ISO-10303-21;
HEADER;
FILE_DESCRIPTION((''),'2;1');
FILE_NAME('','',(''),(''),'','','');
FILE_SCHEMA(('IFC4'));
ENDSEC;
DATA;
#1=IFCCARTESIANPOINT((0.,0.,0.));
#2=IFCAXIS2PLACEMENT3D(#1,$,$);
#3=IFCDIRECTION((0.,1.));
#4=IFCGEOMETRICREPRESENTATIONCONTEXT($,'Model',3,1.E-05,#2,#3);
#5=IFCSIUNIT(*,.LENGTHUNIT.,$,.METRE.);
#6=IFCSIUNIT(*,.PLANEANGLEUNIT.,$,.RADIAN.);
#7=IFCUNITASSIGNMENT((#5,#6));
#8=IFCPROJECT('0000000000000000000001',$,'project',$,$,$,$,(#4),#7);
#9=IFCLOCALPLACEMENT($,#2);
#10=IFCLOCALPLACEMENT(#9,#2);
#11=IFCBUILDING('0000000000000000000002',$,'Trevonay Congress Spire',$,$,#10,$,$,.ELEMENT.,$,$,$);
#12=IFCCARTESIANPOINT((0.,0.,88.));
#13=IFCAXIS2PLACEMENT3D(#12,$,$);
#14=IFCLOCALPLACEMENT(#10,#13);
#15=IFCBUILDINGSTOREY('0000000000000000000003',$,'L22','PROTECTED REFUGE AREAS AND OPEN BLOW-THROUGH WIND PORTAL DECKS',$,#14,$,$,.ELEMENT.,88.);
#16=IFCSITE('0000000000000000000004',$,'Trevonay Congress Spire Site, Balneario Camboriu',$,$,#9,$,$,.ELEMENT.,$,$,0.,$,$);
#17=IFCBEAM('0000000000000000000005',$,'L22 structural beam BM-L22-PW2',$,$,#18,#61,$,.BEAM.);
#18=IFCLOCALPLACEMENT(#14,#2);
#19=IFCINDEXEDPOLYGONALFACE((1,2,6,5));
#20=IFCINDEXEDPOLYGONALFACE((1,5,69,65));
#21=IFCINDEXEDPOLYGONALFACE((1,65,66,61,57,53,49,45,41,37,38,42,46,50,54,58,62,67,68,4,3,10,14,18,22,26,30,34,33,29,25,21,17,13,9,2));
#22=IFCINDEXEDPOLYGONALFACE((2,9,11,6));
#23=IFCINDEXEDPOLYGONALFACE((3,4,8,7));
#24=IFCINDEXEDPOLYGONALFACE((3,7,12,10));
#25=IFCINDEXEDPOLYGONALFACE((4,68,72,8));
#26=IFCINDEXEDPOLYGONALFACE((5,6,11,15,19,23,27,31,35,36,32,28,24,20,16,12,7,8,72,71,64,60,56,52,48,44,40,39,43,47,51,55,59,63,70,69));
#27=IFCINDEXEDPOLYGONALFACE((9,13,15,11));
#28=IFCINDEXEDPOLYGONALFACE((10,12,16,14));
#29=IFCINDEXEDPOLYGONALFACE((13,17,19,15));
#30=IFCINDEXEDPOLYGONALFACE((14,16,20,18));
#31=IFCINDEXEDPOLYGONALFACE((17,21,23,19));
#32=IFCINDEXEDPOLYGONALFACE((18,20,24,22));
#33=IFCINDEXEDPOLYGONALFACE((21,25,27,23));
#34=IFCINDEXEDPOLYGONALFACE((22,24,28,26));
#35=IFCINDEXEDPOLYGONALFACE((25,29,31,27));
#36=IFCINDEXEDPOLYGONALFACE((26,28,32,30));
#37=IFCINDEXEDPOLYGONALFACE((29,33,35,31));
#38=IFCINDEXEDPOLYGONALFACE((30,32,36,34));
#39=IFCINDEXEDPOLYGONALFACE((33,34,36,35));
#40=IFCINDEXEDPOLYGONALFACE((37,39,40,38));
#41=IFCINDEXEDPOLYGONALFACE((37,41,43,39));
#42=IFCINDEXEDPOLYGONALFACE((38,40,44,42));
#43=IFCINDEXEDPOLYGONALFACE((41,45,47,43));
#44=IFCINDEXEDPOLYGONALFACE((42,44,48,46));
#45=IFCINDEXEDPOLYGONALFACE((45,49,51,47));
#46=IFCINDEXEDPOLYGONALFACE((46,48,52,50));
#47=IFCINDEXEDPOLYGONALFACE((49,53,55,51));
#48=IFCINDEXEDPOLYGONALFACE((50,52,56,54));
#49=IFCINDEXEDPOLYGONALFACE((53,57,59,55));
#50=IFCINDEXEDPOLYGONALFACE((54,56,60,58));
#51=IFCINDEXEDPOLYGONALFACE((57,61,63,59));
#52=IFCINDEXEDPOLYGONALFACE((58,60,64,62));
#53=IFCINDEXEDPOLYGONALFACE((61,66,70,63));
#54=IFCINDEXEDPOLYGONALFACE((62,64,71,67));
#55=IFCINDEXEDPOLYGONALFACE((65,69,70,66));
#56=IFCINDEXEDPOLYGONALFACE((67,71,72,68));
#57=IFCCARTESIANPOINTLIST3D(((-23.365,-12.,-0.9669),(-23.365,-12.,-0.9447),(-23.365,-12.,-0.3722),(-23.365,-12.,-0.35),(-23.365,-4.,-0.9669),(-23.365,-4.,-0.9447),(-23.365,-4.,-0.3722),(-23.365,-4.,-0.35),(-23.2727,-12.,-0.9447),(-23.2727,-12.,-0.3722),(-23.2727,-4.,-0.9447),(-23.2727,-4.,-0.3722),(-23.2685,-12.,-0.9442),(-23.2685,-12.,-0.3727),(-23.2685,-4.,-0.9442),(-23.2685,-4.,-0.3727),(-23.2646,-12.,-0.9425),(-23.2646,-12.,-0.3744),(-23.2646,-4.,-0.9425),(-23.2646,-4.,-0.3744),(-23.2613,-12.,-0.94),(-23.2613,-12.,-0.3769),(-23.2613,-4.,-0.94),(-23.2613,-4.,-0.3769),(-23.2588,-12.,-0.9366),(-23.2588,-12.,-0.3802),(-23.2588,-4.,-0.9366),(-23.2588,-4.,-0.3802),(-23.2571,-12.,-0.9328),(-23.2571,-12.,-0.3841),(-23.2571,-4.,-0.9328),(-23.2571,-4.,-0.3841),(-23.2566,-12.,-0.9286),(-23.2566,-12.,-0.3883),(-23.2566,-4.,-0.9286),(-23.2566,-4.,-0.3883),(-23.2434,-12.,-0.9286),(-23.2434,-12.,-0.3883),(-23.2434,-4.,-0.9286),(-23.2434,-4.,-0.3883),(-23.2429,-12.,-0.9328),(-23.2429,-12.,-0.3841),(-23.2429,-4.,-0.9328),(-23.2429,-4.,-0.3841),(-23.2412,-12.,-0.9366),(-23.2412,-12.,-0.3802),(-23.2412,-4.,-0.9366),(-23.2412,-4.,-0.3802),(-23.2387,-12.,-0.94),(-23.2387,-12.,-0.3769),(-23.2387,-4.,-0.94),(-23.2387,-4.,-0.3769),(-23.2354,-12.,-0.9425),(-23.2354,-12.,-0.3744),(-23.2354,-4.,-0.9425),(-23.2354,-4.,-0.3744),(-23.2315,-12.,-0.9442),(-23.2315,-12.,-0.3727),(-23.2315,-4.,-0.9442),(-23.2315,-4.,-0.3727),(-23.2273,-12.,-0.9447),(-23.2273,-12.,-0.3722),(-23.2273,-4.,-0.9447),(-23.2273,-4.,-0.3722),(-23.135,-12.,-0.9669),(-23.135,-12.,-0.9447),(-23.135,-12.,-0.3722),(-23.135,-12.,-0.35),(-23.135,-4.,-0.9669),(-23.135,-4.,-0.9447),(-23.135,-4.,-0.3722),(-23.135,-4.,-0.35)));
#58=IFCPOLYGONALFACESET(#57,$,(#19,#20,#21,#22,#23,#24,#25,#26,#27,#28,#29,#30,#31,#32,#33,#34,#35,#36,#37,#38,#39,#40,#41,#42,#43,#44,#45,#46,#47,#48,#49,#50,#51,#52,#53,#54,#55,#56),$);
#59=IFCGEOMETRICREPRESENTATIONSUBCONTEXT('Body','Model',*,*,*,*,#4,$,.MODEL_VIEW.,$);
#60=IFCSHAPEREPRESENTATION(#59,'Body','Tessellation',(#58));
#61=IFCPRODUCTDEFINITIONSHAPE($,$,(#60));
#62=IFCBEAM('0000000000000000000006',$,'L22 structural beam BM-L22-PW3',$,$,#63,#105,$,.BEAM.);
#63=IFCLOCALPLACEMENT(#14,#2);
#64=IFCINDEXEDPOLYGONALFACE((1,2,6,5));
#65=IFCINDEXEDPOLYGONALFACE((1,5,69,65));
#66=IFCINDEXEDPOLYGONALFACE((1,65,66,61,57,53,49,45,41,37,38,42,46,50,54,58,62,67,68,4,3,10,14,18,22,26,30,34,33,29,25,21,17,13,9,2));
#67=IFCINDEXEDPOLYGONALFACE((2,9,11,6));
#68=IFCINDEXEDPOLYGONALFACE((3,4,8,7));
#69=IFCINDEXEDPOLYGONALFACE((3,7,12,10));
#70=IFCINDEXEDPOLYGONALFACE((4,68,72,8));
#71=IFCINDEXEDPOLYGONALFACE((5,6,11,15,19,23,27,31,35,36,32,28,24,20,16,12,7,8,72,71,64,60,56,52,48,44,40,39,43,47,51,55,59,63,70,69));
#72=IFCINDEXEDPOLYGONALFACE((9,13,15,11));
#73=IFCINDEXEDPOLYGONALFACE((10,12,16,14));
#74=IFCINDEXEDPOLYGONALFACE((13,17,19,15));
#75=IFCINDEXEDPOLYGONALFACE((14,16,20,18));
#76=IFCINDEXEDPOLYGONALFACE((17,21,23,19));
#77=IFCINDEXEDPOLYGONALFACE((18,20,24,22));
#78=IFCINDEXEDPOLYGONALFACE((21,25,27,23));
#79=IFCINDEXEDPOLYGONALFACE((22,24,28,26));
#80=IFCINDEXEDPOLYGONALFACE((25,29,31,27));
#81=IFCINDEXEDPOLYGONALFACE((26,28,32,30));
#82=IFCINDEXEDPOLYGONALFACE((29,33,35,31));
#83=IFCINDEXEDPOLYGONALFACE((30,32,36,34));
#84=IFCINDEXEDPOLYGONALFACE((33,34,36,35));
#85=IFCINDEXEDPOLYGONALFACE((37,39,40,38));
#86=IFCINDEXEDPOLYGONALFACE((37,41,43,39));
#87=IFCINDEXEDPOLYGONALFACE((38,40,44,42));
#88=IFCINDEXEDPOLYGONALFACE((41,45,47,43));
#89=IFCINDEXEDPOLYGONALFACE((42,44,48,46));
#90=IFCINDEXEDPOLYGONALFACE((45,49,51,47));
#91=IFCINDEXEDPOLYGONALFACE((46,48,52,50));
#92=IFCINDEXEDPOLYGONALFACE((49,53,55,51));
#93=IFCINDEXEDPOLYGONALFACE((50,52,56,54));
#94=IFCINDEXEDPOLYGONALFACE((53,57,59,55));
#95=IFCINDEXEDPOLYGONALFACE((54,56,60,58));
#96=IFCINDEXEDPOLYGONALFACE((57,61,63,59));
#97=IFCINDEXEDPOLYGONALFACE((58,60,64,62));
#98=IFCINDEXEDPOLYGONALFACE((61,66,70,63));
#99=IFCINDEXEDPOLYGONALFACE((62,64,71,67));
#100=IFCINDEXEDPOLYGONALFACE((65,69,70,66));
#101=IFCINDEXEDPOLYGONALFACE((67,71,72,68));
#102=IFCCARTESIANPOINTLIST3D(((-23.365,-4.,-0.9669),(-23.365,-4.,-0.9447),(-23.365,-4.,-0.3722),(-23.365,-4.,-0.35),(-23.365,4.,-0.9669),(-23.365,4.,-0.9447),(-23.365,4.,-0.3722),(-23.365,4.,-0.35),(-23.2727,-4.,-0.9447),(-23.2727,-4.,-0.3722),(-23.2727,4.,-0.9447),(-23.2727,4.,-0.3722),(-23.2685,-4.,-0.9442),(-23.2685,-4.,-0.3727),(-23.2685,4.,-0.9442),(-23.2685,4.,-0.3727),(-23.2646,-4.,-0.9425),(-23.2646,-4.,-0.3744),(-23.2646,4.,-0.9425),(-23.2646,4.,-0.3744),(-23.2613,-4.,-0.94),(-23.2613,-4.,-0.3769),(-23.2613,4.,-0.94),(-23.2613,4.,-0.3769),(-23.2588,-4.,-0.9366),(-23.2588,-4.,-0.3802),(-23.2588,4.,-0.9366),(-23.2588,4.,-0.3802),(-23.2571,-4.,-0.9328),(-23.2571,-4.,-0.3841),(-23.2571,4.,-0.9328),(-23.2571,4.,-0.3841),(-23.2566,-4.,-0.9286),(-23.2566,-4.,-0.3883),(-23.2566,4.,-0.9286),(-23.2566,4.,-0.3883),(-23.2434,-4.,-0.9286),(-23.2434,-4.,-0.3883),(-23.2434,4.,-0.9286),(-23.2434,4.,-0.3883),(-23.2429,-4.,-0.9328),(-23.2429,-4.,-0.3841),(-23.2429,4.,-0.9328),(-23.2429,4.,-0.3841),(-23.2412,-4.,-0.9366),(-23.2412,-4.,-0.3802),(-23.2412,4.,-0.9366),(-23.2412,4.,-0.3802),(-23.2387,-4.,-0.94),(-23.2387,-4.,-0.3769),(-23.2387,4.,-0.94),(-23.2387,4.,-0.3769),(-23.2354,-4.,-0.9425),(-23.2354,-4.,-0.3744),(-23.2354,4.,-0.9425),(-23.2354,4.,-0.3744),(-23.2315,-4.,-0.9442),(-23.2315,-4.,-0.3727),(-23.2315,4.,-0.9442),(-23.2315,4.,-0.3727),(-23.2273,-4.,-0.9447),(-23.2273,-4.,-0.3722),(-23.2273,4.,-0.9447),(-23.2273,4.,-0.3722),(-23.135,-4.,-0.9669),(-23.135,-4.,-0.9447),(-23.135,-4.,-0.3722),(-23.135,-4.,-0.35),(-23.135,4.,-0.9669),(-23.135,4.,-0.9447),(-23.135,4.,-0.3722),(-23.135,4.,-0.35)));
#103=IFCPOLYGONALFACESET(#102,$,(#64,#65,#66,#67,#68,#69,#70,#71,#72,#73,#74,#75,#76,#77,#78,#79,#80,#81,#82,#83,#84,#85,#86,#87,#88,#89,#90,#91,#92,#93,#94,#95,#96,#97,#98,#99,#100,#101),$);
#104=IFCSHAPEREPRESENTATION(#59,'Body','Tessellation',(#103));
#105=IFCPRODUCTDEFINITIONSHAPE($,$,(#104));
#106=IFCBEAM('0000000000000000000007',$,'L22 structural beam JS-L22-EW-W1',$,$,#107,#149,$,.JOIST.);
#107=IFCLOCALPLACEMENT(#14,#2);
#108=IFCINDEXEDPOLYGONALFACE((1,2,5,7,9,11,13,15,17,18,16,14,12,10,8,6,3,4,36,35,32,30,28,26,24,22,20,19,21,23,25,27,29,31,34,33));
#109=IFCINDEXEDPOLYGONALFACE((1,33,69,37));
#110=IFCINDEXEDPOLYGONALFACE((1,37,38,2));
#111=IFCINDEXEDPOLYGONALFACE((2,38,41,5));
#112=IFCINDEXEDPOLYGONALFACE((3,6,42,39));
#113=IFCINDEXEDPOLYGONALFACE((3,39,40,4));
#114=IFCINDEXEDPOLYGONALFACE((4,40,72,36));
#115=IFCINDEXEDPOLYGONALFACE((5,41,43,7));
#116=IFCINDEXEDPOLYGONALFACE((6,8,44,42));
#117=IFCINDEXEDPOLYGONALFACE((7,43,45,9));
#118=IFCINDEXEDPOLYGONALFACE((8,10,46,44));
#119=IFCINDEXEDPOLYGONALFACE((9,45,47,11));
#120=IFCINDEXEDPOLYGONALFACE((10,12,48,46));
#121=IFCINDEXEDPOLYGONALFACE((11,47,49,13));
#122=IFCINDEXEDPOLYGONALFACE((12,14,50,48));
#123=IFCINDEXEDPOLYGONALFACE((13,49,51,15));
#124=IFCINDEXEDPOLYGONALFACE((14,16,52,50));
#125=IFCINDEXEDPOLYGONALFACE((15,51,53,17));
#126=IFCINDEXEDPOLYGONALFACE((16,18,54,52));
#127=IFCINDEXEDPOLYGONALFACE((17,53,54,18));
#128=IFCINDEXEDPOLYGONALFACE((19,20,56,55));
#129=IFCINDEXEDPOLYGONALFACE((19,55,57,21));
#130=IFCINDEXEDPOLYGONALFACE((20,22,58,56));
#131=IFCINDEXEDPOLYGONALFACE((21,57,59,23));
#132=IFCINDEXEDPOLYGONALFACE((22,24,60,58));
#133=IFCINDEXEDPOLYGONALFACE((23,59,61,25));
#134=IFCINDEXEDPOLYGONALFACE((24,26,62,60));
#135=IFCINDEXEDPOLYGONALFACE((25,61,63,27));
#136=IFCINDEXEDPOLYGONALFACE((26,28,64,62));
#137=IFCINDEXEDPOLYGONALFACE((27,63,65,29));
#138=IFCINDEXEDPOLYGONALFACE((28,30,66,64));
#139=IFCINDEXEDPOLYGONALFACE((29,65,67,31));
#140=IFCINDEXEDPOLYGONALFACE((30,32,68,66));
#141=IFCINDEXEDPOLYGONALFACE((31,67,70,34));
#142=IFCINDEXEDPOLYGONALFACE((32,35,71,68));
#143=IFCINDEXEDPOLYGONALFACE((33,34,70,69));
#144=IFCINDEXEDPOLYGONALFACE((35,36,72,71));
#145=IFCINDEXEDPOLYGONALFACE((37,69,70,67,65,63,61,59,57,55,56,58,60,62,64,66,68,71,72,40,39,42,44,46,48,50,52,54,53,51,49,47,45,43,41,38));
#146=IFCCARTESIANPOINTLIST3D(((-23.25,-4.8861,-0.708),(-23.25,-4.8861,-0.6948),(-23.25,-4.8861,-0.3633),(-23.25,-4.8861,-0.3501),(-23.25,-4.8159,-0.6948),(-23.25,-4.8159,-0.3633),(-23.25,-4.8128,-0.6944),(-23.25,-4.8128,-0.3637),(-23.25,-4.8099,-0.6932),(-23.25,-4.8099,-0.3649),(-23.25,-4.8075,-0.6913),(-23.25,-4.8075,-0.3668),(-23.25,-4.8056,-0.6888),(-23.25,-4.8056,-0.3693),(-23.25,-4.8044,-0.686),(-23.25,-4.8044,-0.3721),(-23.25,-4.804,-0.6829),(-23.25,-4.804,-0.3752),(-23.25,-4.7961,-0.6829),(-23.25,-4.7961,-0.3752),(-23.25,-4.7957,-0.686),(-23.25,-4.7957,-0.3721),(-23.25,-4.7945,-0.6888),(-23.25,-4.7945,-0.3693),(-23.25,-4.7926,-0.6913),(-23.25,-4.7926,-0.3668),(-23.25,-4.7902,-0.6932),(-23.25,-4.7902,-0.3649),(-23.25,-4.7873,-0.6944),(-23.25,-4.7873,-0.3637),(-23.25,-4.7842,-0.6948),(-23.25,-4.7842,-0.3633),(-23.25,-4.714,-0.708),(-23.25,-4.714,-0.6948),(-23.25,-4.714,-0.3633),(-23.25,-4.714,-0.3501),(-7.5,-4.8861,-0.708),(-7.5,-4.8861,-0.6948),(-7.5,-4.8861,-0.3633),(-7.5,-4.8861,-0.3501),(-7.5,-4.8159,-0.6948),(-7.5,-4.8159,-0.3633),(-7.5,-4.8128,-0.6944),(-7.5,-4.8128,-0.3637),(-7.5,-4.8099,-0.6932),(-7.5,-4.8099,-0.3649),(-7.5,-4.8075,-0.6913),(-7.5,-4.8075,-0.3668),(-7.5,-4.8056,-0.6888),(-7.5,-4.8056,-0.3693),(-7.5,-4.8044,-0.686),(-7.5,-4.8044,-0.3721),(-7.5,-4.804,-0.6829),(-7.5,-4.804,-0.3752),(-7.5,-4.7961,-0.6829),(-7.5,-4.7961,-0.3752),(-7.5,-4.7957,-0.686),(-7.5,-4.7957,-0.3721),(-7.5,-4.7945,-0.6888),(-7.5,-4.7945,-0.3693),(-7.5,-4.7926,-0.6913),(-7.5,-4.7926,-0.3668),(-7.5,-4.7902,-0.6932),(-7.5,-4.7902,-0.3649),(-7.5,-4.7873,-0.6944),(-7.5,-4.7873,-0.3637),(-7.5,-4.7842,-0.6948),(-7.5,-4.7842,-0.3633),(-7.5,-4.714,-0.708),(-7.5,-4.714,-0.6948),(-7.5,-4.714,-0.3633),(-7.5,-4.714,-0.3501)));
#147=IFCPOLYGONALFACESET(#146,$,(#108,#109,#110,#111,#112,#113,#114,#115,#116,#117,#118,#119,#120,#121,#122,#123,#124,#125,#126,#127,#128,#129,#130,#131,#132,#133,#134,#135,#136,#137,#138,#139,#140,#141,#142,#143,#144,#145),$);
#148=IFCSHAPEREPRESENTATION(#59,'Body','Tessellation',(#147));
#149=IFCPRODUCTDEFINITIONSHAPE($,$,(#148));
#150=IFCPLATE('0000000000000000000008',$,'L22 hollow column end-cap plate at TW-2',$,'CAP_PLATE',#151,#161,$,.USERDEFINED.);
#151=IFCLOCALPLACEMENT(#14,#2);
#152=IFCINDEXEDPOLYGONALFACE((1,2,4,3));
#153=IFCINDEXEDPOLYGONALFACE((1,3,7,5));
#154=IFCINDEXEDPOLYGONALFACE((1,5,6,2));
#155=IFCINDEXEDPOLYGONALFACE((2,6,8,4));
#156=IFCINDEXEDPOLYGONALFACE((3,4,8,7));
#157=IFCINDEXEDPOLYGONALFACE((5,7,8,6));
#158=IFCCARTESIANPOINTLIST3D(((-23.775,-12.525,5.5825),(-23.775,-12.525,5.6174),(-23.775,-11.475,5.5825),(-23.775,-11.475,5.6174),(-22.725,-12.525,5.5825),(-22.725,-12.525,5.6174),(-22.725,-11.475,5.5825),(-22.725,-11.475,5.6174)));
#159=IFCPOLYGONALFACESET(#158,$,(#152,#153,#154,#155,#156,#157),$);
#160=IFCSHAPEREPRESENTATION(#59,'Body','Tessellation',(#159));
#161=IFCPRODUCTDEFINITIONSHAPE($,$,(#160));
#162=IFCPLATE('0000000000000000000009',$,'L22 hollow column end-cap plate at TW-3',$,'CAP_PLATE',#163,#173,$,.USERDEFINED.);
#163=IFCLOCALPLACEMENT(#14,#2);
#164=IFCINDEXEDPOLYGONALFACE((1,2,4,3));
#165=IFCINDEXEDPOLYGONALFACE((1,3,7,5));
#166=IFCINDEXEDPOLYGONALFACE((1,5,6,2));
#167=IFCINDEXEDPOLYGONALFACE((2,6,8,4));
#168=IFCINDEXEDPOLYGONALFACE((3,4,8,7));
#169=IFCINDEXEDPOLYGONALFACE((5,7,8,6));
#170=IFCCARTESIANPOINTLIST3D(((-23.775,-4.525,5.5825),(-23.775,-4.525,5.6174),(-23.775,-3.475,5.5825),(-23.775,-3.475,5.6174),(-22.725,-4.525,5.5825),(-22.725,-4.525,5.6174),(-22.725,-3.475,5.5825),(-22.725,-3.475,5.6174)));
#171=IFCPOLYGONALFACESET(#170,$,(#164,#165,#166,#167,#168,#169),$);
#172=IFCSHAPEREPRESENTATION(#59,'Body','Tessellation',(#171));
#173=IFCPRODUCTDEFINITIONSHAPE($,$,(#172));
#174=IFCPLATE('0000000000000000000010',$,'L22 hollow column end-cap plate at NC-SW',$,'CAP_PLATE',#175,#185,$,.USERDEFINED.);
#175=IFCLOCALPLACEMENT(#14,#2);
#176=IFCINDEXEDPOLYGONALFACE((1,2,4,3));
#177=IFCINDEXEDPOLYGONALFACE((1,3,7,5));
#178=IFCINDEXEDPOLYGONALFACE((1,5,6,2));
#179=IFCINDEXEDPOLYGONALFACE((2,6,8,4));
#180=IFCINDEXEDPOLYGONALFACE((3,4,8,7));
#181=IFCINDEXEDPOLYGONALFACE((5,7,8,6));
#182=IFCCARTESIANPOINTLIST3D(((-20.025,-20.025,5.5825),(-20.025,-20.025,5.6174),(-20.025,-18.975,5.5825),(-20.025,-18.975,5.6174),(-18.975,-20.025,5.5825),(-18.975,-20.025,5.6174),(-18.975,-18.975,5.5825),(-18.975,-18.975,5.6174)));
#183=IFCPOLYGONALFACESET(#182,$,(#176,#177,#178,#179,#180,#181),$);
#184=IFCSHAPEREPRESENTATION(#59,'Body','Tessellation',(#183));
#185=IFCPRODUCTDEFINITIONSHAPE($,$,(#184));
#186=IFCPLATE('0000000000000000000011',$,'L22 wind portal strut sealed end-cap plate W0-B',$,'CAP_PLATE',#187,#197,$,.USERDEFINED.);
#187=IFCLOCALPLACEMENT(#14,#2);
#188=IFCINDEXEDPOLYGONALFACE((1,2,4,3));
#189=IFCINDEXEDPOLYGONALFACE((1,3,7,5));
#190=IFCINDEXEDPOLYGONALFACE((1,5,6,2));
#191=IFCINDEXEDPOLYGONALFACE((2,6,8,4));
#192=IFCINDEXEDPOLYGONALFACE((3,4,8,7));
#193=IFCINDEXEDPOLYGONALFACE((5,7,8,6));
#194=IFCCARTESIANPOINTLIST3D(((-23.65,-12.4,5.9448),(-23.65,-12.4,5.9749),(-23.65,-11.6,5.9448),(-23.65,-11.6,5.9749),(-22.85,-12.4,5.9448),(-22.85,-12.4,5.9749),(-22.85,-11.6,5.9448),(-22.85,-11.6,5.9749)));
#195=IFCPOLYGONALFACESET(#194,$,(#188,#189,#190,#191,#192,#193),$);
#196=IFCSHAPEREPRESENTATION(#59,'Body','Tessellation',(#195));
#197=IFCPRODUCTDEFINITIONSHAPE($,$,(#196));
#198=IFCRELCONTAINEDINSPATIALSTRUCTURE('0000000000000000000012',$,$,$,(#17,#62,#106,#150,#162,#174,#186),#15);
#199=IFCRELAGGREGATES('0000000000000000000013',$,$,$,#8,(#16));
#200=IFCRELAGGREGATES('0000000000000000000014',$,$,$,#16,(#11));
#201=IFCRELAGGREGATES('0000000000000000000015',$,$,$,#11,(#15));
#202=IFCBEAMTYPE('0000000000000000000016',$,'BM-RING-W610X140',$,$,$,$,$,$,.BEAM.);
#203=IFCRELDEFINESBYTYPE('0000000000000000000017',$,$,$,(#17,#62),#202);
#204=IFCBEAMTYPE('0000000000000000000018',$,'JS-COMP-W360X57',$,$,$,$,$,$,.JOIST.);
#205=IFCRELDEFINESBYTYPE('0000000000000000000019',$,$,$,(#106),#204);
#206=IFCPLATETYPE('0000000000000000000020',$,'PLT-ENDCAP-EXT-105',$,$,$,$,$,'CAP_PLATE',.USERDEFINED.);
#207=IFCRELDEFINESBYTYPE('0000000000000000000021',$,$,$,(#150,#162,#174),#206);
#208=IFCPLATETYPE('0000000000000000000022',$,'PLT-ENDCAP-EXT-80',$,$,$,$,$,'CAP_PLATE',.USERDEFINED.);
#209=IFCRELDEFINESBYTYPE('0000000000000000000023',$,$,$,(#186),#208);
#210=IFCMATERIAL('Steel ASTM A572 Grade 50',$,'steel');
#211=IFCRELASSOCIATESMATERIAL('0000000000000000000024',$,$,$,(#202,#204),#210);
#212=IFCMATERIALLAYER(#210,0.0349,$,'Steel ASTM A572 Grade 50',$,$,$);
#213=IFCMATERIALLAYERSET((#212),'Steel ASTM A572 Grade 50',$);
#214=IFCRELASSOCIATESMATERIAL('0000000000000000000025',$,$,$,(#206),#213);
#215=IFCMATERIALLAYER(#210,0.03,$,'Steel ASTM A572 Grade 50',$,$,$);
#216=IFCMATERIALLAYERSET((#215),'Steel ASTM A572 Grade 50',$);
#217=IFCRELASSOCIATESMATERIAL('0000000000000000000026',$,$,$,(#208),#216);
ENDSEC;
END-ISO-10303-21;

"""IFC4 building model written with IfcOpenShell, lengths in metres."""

from ifc_helpers import new_model, si_unit, direction, frame, origin, origin_2d, place, context, subcontext, project, spatial, rectangle, i_section, extrude, material, layer, layer_set, material_profile, profile_set, type_object, element, save


model = new_model("IFC4")

# Units and contexts
model_context = context("Model", 3, precision=1e-05, world=origin(), true_north=direction((0.0, 1.0)))
body_context = subcontext(model_context, "Body", "Model", "MODEL_VIEW")
ifc_project = project(units=[si_unit("LENGTHUNIT", "METRE"), si_unit("PLANEANGLEUNIT", "RADIAN")], contexts=[model_context])

# Site, building, storey
site_placement = place(None, origin())
site = spatial("IfcSite", under=ifc_project, at=site_placement, Name="Trevonay Congress Spire Site, Balneario Camboriu", CompositionType="ELEMENT", RefElevation=0.0)
building_placement = place(site_placement, origin())
building = spatial("IfcBuilding", under=site, at=building_placement, Name="Trevonay Congress Spire", CompositionType="ELEMENT")
storey_placement = place(building_placement, frame((0.0, 0.0, 88.0)))
storey = spatial("IfcBuildingStorey", under=building, at=storey_placement, Name="L22", Description="PROTECTED REFUGE AREAS AND OPEN BLOW-THROUGH WIND PORTAL DECKS", CompositionType="ELEMENT", Elevation=88.0)

# Shared definitions
ifc_material_1 = material(Name="Steel ASTM A572 Grade 50", Category="steel")

# Beams
ifc_material_profile_1 = material_profile(ifc_material_1, i_section(OverallWidth=0.23, OverallDepth=0.6169, WebThickness=0.0132, FlangeThickness=0.0222, FilletRadius=0.0161, at=origin_2d()), Name="W610x140")
ifc_profile_set_1 = profile_set([ifc_material_profile_1], Name="Steel ASTM A572 Grade 50")
beam_type_1 = type_object("IfcBeamType", Name="BM-RING-W610X140", PredefinedType="BEAM", material=ifc_profile_set_1)
for number, where, z_axis, x_axis, name in (
    (1, (-23.25, -12.0, -0.6584), (0.0, 1.0, 0.0), (-1.0, 0.0, 0.0), "L22 structural beam BM-L22-PW2"),
    (2, (-23.25, -4.0, -0.6584), (0.0, 1.0, 0.0), (-1.0, 0.0, 0.0), "L22 structural beam BM-L22-PW3"),
):
    element("IfcBeam", number, at=place(storey_placement, frame(where, z_axis=z_axis, x_axis=x_axis)), inside=storey, type_object=beam_type_1, Name=name, PredefinedType="BEAM", context=body_context, shape_type="SweptSolid", body=[
        extrude(i_section(OverallWidth=0.23, OverallDepth=0.6169, WebThickness=0.0132, FlangeThickness=0.0222, FilletRadius=0.0161, at=origin_2d()), origin(), (0.0, 0.0, 1.0), 8.0),
    ])
ifc_material_profile_2 = material_profile(ifc_material_1, i_section(OverallWidth=0.1721, OverallDepth=0.3579, WebThickness=0.0078, FlangeThickness=0.0132, FilletRadius=0.012, at=origin_2d()), Name="W360x57.8")
ifc_profile_set_2 = profile_set([ifc_material_profile_2], Name="Steel ASTM A572 Grade 50")
beam_type_2 = type_object("IfcBeamType", Name="JS-COMP-W360X57", PredefinedType="JOIST", material=ifc_profile_set_2)
beam_1_placement = place(storey_placement, frame((-23.25, -4.8, -0.5291), z_axis=(1.0, 0.0, 0.0), x_axis=(0.0, 1.0, 0.0)))
element("IfcBeam", 3, at=beam_1_placement, inside=storey, type_object=beam_type_2, Name="L22 structural beam JS-L22-EW-W1", PredefinedType="JOIST", context=body_context, shape_type="SweptSolid", body=[
    extrude(i_section(OverallWidth=0.1721, OverallDepth=0.3579, WebThickness=0.0078, FlangeThickness=0.0132, FilletRadius=0.012, at=origin_2d()), origin(), (0.0, 0.0, 1.0), 15.75),
])

# Plates
ifc_layer_1 = layer(ifc_material_1, 0.0349, Name="Steel ASTM A572 Grade 50")
ifc_layer_set_1 = layer_set([ifc_layer_1], Name="Steel ASTM A572 Grade 50")
plate_type_1 = type_object("IfcPlateType", Name="PLT-ENDCAP-EXT-105", ElementType="CAP_PLATE", PredefinedType="USERDEFINED", material=ifc_layer_set_1)
for number, where, z_axis, x_axis, name in (
    (4, (-23.25, -12.0, 5.5825), (0.0, 0.0, 1.0), (1.0, 0.0, 0.0), "L22 hollow column end-cap plate at TW-2"),
    (5, (-23.25, -4.0, 5.5825), (0.0, 0.0, 1.0), (1.0, 0.0, 0.0), "L22 hollow column end-cap plate at TW-3"),
    (6, (-19.5, -19.5, 5.5825), (0.0, 0.0, 1.0), (1.0, 0.0, 0.0), "L22 hollow column end-cap plate at NC-SW"),
):
    element("IfcPlate", number, at=place(storey_placement, frame(where, z_axis=z_axis, x_axis=x_axis)), inside=storey, type_object=plate_type_1, Name=name, ObjectType="CAP_PLATE", PredefinedType="USERDEFINED", context=body_context, shape_type="SweptSolid", body=[
        extrude(rectangle(XDim=1.05, YDim=1.05, at=origin_2d()), origin(), (0.0, 0.0, 1.0), 0.0349),
    ])
ifc_layer_2 = layer(ifc_material_1, 0.03, Name="Steel ASTM A572 Grade 50")
ifc_layer_set_2 = layer_set([ifc_layer_2], Name="Steel ASTM A572 Grade 50")
plate_type_2 = type_object("IfcPlateType", Name="PLT-ENDCAP-EXT-80", ElementType="CAP_PLATE", PredefinedType="USERDEFINED", material=ifc_layer_set_2)
plate_placement = place(storey_placement, frame((-23.25, -12.0, 5.9448), z_axis=(0.0, 0.0, 1.0), x_axis=(1.0, 0.0, 0.0)))
element("IfcPlate", 7, at=plate_placement, inside=storey, type_object=plate_type_2, Name="L22 wind portal strut sealed end-cap plate W0-B", ObjectType="CAP_PLATE", PredefinedType="USERDEFINED", context=body_context, shape_type="SweptSolid", body=[
    extrude(rectangle(XDim=0.8, YDim=0.8, at=origin_2d()), origin(), (0.0, 0.0, 1.0), 0.03),
])

save(model, "model.ifc")
